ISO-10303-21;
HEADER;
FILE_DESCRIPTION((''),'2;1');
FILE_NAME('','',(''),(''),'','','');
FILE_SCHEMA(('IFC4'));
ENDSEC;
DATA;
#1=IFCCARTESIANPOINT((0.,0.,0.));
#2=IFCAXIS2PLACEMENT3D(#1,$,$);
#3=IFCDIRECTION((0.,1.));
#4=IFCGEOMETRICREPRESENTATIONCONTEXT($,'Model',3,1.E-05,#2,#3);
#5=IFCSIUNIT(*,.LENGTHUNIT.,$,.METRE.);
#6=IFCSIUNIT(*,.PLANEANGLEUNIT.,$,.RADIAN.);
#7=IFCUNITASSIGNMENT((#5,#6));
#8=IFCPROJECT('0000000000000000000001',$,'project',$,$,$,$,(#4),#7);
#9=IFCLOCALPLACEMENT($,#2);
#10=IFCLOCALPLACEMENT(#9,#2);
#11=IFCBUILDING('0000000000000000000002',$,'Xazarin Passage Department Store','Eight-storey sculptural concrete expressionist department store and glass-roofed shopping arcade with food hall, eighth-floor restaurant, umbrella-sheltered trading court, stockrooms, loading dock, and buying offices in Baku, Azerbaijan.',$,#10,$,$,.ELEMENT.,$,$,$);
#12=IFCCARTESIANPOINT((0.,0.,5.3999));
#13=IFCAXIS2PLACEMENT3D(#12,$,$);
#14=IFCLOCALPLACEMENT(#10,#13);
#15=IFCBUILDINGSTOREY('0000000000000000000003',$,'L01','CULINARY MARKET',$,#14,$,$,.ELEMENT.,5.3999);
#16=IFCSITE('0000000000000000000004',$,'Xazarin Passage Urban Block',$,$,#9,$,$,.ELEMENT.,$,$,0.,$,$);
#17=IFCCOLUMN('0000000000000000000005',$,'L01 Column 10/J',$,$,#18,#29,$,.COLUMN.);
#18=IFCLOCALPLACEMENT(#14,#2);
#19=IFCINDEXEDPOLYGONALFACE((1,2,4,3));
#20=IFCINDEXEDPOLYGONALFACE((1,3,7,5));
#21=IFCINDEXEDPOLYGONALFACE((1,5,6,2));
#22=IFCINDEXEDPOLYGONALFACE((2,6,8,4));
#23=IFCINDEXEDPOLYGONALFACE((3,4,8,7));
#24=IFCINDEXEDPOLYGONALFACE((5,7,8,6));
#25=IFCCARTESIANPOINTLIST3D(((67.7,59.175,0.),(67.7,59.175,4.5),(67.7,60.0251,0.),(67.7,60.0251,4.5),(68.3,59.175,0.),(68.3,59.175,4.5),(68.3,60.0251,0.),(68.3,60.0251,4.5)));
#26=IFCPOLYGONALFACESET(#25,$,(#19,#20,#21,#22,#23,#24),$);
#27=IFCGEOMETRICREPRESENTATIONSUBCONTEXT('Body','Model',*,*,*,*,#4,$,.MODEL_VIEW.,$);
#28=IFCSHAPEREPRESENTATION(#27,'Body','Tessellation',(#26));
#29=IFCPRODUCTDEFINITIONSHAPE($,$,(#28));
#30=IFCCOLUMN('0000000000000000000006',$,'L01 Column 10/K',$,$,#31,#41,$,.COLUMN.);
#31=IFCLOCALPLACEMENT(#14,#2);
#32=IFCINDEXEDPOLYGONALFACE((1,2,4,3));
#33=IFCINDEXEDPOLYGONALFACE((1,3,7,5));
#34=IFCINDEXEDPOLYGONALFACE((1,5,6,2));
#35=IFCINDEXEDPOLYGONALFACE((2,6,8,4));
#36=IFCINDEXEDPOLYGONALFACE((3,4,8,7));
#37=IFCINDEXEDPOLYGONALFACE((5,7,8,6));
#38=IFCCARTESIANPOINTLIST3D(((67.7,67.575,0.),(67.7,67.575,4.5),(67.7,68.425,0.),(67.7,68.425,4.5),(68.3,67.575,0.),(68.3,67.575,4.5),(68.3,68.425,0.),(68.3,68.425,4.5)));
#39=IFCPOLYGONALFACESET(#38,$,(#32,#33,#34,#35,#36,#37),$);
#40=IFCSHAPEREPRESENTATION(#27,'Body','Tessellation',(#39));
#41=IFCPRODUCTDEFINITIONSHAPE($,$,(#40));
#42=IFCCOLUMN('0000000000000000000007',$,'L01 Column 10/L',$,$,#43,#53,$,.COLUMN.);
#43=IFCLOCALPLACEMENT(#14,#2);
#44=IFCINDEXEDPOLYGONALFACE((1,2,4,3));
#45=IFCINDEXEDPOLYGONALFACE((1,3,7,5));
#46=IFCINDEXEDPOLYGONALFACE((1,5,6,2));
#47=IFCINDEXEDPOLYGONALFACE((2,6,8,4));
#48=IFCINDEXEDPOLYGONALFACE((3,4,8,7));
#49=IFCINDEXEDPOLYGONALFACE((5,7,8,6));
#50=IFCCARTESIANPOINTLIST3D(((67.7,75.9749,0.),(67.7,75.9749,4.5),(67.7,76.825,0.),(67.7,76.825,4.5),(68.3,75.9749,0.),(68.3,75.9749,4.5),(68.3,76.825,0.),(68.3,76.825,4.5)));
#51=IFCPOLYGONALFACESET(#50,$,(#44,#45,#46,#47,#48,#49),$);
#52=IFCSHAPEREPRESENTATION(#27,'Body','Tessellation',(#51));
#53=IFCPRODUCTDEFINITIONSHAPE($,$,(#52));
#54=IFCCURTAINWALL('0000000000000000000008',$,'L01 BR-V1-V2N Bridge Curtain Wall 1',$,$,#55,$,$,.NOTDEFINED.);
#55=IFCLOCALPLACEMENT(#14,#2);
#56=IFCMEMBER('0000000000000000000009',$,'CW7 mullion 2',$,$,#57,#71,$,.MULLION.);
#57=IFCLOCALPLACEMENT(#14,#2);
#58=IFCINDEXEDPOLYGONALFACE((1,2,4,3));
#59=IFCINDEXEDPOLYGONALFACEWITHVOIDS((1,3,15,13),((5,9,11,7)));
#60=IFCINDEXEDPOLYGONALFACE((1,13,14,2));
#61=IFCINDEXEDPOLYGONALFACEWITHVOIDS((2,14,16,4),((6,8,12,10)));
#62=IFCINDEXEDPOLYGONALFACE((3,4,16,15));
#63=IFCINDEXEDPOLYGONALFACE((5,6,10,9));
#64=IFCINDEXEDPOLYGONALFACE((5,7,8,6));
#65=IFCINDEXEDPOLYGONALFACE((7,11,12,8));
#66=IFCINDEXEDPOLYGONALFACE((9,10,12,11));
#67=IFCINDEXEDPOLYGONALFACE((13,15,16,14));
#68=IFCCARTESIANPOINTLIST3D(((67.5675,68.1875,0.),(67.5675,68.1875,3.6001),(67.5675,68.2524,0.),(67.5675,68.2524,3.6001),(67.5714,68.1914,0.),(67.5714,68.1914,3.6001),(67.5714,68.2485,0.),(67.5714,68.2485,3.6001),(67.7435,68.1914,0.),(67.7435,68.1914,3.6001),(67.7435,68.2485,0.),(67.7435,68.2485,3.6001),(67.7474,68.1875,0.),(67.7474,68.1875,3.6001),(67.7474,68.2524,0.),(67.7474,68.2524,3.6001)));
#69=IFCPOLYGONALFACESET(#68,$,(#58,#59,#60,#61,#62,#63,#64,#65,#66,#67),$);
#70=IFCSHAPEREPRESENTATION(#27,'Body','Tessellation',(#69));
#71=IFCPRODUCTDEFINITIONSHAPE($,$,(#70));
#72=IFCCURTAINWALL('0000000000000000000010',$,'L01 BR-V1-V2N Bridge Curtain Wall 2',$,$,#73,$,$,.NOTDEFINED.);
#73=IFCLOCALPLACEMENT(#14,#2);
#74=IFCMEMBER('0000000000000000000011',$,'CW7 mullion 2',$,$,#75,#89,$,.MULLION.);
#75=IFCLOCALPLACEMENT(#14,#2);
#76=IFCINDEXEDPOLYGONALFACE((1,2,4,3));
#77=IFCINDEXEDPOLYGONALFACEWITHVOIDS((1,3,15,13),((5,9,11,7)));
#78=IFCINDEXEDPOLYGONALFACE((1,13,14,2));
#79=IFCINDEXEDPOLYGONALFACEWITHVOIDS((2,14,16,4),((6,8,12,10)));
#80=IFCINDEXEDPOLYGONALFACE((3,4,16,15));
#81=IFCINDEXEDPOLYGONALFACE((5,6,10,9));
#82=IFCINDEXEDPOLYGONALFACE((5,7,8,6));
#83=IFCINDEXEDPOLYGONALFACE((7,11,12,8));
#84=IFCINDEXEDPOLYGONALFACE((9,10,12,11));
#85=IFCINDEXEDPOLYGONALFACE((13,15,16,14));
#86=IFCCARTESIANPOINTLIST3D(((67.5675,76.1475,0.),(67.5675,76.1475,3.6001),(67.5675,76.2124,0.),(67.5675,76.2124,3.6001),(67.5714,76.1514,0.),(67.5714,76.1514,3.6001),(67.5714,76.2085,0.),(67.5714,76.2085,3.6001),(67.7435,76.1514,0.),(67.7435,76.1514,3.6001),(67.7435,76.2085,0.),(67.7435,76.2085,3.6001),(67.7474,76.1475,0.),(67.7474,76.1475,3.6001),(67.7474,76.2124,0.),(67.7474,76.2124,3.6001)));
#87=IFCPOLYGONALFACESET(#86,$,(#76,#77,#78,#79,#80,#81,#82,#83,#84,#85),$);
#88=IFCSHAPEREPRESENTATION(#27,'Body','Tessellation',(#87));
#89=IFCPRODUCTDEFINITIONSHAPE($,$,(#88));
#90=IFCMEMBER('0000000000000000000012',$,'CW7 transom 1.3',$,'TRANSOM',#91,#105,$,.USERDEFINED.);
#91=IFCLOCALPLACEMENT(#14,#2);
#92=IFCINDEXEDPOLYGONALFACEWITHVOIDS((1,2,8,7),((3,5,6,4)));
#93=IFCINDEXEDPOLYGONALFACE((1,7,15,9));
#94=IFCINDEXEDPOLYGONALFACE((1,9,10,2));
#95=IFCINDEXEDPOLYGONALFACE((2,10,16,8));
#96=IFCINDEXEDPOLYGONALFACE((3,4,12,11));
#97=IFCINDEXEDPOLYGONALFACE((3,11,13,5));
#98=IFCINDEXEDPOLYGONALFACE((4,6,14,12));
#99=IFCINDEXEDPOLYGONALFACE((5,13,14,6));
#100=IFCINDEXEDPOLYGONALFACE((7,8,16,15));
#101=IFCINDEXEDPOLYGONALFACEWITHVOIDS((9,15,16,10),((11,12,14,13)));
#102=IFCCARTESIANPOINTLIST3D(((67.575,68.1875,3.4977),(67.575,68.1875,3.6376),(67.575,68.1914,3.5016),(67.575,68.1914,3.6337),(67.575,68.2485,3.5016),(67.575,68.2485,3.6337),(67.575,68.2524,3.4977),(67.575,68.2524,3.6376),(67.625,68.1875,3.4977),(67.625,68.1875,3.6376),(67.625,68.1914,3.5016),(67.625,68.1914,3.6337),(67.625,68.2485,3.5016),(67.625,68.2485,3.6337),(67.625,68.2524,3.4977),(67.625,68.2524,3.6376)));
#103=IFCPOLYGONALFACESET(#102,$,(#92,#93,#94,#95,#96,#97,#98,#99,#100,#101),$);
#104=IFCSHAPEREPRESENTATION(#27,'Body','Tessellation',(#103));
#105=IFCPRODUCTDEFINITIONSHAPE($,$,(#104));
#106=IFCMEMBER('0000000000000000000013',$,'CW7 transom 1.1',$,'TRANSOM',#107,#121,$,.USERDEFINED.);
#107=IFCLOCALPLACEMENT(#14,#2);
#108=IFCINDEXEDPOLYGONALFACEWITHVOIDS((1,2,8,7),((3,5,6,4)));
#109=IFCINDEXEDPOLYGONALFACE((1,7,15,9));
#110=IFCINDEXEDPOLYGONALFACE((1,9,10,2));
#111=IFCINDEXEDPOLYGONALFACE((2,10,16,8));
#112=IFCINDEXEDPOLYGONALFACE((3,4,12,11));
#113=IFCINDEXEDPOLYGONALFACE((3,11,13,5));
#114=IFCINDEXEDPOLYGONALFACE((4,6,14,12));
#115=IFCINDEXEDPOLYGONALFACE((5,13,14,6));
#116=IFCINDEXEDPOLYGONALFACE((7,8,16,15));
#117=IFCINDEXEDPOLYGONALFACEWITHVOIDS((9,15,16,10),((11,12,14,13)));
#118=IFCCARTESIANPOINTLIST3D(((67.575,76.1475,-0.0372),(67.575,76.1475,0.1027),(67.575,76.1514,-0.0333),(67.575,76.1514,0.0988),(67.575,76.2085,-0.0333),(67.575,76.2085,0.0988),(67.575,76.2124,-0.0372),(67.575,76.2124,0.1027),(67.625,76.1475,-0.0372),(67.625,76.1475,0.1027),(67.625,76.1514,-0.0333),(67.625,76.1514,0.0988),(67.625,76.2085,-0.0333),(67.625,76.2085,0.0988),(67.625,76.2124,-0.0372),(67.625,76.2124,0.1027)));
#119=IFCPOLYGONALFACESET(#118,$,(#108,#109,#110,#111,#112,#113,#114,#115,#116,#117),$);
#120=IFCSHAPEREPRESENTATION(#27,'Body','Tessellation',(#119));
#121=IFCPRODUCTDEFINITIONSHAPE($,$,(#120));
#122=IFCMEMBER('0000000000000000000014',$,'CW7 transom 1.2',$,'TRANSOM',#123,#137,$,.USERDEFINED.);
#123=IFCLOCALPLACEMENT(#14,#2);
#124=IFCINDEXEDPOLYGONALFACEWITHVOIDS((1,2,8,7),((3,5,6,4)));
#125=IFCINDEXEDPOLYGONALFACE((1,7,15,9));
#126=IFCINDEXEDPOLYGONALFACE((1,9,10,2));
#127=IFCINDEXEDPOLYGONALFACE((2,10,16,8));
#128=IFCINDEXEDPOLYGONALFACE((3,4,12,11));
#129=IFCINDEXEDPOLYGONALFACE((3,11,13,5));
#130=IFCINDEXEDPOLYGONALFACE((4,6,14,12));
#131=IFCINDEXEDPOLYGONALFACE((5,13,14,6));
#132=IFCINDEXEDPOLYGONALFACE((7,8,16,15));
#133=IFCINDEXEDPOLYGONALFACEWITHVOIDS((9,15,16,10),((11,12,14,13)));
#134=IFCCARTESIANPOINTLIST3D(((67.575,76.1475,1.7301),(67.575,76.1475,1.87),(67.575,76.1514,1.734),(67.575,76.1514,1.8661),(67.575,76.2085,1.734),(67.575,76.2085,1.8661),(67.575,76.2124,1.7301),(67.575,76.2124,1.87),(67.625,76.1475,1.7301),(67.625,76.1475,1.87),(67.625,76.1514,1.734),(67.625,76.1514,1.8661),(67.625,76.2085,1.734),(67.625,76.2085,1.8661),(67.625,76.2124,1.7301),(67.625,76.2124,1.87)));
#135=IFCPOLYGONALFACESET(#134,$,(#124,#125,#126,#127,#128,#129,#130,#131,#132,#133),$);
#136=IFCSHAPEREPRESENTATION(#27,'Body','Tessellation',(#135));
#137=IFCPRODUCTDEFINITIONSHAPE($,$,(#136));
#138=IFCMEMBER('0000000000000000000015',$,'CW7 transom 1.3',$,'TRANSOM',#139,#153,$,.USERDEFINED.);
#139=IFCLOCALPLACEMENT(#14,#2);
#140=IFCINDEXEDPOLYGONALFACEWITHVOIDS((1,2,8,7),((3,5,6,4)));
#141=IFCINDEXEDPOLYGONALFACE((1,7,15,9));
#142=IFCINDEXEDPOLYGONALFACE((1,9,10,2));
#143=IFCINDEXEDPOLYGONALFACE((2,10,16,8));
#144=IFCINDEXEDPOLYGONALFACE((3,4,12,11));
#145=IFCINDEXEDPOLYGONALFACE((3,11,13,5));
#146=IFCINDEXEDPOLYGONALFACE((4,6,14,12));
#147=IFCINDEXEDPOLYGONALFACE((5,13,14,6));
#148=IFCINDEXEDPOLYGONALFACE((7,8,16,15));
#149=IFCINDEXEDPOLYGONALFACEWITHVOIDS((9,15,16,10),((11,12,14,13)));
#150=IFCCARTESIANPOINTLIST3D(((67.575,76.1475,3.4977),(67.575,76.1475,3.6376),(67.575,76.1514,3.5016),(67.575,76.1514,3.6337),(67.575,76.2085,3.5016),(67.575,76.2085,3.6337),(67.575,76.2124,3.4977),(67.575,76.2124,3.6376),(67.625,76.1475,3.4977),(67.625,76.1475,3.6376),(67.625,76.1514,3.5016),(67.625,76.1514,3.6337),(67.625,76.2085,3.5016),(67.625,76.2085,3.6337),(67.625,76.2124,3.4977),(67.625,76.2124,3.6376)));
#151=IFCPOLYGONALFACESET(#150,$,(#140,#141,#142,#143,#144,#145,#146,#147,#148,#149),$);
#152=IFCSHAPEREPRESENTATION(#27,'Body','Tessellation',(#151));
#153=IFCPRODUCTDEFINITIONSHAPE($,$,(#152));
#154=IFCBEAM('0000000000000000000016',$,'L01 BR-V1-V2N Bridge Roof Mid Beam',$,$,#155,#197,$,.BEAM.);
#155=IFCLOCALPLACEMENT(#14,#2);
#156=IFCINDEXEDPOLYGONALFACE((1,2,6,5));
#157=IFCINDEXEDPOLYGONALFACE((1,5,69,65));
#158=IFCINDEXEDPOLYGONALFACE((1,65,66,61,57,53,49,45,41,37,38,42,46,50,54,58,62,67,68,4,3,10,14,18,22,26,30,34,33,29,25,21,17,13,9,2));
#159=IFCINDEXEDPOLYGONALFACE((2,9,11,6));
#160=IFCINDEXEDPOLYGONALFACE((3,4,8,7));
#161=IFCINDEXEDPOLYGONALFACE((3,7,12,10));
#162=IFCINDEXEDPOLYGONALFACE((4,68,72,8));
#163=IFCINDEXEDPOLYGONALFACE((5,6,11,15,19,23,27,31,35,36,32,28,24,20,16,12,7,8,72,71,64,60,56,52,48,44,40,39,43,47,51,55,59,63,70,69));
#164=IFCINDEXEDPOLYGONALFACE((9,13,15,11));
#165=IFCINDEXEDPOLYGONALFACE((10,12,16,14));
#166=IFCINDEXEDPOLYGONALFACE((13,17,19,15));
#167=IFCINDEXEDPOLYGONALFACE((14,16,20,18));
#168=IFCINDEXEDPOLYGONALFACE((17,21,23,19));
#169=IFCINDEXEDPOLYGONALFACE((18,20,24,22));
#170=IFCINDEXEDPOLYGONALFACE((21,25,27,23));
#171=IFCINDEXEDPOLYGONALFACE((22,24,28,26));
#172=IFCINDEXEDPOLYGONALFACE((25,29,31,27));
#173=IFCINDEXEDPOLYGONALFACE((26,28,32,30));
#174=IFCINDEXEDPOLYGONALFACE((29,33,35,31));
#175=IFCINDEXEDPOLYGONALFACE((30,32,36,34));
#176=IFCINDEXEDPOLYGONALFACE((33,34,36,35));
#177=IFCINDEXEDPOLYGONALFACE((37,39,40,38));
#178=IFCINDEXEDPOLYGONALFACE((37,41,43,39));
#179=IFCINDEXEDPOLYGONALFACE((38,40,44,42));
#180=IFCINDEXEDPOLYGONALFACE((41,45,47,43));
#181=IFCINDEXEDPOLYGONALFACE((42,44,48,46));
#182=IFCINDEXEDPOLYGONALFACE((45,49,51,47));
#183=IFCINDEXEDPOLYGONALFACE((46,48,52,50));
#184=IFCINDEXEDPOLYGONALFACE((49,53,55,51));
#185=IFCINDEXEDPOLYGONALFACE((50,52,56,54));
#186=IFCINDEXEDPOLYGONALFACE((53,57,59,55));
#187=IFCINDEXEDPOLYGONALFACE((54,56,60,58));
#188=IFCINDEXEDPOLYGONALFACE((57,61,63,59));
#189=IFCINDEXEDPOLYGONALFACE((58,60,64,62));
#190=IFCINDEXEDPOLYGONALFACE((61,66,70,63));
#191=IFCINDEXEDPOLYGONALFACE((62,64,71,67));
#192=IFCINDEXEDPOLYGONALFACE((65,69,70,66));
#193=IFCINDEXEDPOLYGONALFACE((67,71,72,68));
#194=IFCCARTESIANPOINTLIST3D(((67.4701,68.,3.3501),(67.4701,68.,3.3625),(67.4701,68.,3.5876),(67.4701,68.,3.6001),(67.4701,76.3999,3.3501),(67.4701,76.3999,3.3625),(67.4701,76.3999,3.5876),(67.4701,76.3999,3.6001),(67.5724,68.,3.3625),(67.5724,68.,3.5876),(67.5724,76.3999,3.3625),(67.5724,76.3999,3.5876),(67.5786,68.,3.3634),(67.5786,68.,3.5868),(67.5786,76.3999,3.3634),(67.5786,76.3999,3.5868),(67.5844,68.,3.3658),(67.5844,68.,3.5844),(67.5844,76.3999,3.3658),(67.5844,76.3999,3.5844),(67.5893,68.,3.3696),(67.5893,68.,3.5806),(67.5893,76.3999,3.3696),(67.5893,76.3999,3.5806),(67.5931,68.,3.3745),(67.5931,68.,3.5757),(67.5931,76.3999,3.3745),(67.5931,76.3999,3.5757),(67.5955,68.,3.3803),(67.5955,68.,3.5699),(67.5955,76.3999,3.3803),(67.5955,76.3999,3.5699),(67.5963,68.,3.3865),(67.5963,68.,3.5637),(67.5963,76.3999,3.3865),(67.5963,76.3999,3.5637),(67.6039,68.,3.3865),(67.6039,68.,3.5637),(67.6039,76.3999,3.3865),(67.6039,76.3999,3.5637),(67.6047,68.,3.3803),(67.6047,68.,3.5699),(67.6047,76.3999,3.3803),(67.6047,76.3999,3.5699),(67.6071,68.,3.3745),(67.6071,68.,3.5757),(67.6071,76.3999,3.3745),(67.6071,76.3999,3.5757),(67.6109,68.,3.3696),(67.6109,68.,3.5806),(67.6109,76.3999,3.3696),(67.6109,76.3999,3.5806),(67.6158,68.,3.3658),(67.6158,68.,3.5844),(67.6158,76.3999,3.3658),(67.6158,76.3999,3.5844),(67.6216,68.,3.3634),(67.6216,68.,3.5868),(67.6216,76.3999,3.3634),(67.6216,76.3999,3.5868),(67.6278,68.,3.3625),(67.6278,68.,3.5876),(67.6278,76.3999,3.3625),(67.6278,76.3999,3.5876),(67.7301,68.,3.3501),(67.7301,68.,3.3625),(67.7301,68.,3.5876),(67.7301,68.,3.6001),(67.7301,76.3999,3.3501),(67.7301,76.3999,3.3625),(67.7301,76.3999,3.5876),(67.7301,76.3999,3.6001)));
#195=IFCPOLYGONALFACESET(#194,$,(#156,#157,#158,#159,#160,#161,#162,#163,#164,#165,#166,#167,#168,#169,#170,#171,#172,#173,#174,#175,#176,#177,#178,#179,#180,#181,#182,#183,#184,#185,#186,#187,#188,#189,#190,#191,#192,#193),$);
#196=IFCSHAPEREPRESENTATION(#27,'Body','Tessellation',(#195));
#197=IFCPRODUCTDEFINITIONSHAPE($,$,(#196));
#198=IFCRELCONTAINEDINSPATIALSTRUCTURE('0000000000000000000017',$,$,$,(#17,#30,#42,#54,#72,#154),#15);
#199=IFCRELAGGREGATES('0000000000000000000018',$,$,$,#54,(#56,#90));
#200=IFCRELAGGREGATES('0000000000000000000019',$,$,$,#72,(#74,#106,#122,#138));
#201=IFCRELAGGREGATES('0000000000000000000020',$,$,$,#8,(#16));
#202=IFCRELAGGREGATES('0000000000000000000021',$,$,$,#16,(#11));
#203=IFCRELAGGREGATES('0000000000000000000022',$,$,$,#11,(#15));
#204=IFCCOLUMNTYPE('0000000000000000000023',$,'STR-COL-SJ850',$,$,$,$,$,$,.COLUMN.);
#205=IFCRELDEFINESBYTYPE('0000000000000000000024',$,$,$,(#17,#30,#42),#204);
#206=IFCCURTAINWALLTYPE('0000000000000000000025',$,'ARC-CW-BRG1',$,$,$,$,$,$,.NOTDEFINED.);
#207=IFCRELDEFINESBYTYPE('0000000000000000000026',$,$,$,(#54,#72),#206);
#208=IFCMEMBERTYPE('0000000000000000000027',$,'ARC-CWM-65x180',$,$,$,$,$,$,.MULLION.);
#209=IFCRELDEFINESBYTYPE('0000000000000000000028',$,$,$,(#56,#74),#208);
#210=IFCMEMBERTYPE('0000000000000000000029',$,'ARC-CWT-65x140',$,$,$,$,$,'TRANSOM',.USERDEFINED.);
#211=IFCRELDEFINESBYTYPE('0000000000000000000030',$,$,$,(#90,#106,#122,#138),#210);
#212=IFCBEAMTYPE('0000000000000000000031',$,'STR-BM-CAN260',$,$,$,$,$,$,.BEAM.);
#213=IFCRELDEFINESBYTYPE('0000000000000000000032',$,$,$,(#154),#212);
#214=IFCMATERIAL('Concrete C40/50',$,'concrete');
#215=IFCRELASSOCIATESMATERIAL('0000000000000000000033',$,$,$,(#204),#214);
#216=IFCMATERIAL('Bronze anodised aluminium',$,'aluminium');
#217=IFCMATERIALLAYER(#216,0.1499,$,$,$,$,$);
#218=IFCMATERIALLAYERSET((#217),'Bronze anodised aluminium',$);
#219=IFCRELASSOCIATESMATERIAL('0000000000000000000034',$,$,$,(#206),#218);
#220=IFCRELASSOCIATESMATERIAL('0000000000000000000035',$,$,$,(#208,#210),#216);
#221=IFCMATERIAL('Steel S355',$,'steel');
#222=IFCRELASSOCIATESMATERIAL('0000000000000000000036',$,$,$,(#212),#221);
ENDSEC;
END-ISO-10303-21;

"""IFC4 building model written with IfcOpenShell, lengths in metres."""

from ifc_helpers import new_model, si_unit, direction, frame, origin, origin_2d, place, context, subcontext, project, spatial, rectangle, hollow_rectangle, i_section, extrude, material, layer, layer_set, material_profile, profile_set, type_object, element, aggregate, save


model = new_model("IFC4")

# Units and contexts
model_context = context("Model", 3, precision=1e-05, world=origin(), true_north=direction((0.0, 1.0)))
body_context = subcontext(model_context, "Body", "Model", "MODEL_VIEW")
ifc_project = project(units=[si_unit("LENGTHUNIT", "METRE"), si_unit("PLANEANGLEUNIT", "RADIAN")], contexts=[model_context])

# Site, building, storey
site_placement = place(None, origin())
site = spatial("IfcSite", under=ifc_project, at=site_placement, Name="Xazarin Passage Urban Block", CompositionType="ELEMENT", RefElevation=0.0)
building_placement = place(site_placement, origin())
building = spatial("IfcBuilding", under=site, at=building_placement, Name="Xazarin Passage Department Store", Description="Eight-storey sculptural concrete expressionist department store and glass-roofed shopping arcade with food hall, eighth-floor restaurant, umbrella-sheltered trading court, stockrooms, loading dock, and buying offices in Baku, Azerbaijan.", CompositionType="ELEMENT")
storey_placement = place(building_placement, frame((0.0, 0.0, 5.3999)))
storey = spatial("IfcBuildingStorey", under=building, at=storey_placement, Name="L01", Description="CULINARY MARKET", CompositionType="ELEMENT", Elevation=5.3999)

# Columns
ifc_material_1 = material(Name="Concrete C40/50", Category="concrete")
ifc_material_profile_1 = material_profile(ifc_material_1, rectangle(XDim=0.6001, YDim=0.8501, at=origin_2d()), Name="RC 600x850")
ifc_profile_set_1 = profile_set([ifc_material_profile_1], Name="Concrete C40/50")
column_type = type_object("IfcColumnType", Name="STR-COL-SJ850", PredefinedType="COLUMN", material=ifc_profile_set_1)
for number, where, z_axis, x_axis, name in (
    (1, (68.0, 59.6001, 0.0), (0.0, 0.0, 1.0), (1.0, 0.0, 0.0), "L01 Column 10/J"),
    (2, (68.0, 68.0, 0.0), (0.0, 0.0, 1.0), (1.0, 0.0, 0.0), "L01 Column 10/K"),
    (3, (68.0, 76.3999, 0.0), (0.0, 0.0, 1.0), (1.0, 0.0, 0.0), "L01 Column 10/L"),
):
    element("IfcColumn", number, at=place(storey_placement, frame(where, z_axis=z_axis, x_axis=x_axis)), inside=storey, type_object=column_type, Name=name, PredefinedType="COLUMN", context=body_context, shape_type="SweptSolid", body=[
        extrude(rectangle(XDim=0.6001, YDim=0.8501, at=origin_2d()), origin(), (0.0, 0.0, 1.0), 4.5),
    ])

# Curtain walls, members
ifc_material_2 = material(Name="Bronze anodised aluminium", Category="aluminium")
ifc_layer_1 = layer(ifc_material_2, 0.1499)
ifc_layer_set_1 = layer_set([ifc_layer_1], Name="Bronze anodised aluminium")
curtain_wall_type = type_object("IfcCurtainWallType", Name="ARC-CW-BRG1", PredefinedType="NOTDEFINED", material=ifc_layer_set_1)
curtain_wall_1_placement = place(storey_placement, origin())
curtain_wall_1 = element("IfcCurtainWall", 4, at=curtain_wall_1_placement, inside=storey, type_object=curtain_wall_type, Name="L01 BR-V1-V2N Bridge Curtain Wall 1", PredefinedType="NOTDEFINED")
ifc_material_profile_2 = material_profile(ifc_material_2, hollow_rectangle(XDim=0.0649, YDim=0.1799, WallThickness=0.0039, at=origin_2d()), Name="ALU 65x180")
ifc_profile_set_2 = profile_set([ifc_material_profile_2], Name="Bronze anodised aluminium")
member_type_1 = type_object("IfcMemberType", Name="ARC-CWM-65x180", PredefinedType="MULLION", material=ifc_profile_set_2)
member_1_placement = place(storey_placement, frame((67.6575, 68.22, 0.0), z_axis=(0.0, 0.0, 1.0), x_axis=(0.0, 1.0, 0.0)))
member_1 = element("IfcMember", 5, at=member_1_placement, type_object=member_type_1, Name="CW7 mullion 2", PredefinedType="MULLION", context=body_context, shape_type="SweptSolid", body=[
    extrude(hollow_rectangle(XDim=0.0649, YDim=0.1799, WallThickness=0.0039, at=origin_2d()), origin(), (0.0, 0.0, 1.0), 3.6001),
])
curtain_wall_2_placement = place(storey_placement, origin())
curtain_wall_2 = element("IfcCurtainWall", 6, at=curtain_wall_2_placement, inside=storey, type_object=curtain_wall_type, Name="L01 BR-V1-V2N Bridge Curtain Wall 2", PredefinedType="NOTDEFINED")
member_2_placement = place(storey_placement, frame((67.6575, 76.1799, 0.0), z_axis=(0.0, 0.0, 1.0), x_axis=(0.0, 1.0, 0.0)))
member_2 = element("IfcMember", 7, at=member_2_placement, type_object=member_type_1, Name="CW7 mullion 2", PredefinedType="MULLION", context=body_context, shape_type="SweptSolid", body=[
    extrude(hollow_rectangle(XDim=0.0649, YDim=0.1799, WallThickness=0.0039, at=origin_2d()), origin(), (0.0, 0.0, 1.0), 3.6001),
])

# Members
ifc_material_profile_3 = material_profile(ifc_material_2, hollow_rectangle(XDim=0.0649, YDim=0.1399, WallThickness=0.0039, at=origin_2d()), Name="ALU 65x140")
ifc_profile_set_3 = profile_set([ifc_material_profile_3], Name="Bronze anodised aluminium")
member_type_2 = type_object("IfcMemberType", Name="ARC-CWT-65x140", ElementType="TRANSOM", PredefinedType="USERDEFINED", material=ifc_profile_set_3)
member_3_placement = place(storey_placement, frame((67.575, 68.22, 3.5676), z_axis=(1.0, 0.0, 0.0), x_axis=(0.0, 1.0, 0.0)))
member_3 = element("IfcMember", 8, at=member_3_placement, type_object=member_type_2, Name="CW7 transom 1.3", ObjectType="TRANSOM", PredefinedType="USERDEFINED", context=body_context, shape_type="SweptSolid", body=[
    extrude(hollow_rectangle(XDim=0.0649, YDim=0.1399, WallThickness=0.0039, at=origin_2d()), origin(), (0.0, 0.0, 1.0), 0.05),
])
member_4_placement = place(storey_placement, frame((67.575, 76.1799, 0.0327), z_axis=(1.0, 0.0, 0.0), x_axis=(0.0, 1.0, 0.0)))
member_4 = element("IfcMember", 9, at=member_4_placement, type_object=member_type_2, Name="CW7 transom 1.1", ObjectType="TRANSOM", PredefinedType="USERDEFINED", context=body_context, shape_type="SweptSolid", body=[
    extrude(hollow_rectangle(XDim=0.0649, YDim=0.1399, WallThickness=0.0039, at=origin_2d()), origin(), (0.0, 0.0, 1.0), 0.05),
])
member_5_placement = place(storey_placement, frame((67.575, 76.1799, 1.8), z_axis=(1.0, 0.0, 0.0), x_axis=(0.0, 1.0, 0.0)))
member_5 = element("IfcMember", 10, at=member_5_placement, type_object=member_type_2, Name="CW7 transom 1.2", ObjectType="TRANSOM", PredefinedType="USERDEFINED", context=body_context, shape_type="SweptSolid", body=[
    extrude(hollow_rectangle(XDim=0.0649, YDim=0.1399, WallThickness=0.0039, at=origin_2d()), origin(), (0.0, 0.0, 1.0), 0.05),
])
member_6_placement = place(storey_placement, frame((67.575, 76.1799, 3.5676), z_axis=(1.0, 0.0, 0.0), x_axis=(0.0, 1.0, 0.0)))
member_6 = element("IfcMember", 11, at=member_6_placement, type_object=member_type_2, Name="CW7 transom 1.3", ObjectType="TRANSOM", PredefinedType="USERDEFINED", context=body_context, shape_type="SweptSolid", body=[
    extrude(hollow_rectangle(XDim=0.0649, YDim=0.1399, WallThickness=0.0039, at=origin_2d()), origin(), (0.0, 0.0, 1.0), 0.05),
])

# Beam
ifc_material_3 = material(Name="Steel S355", Category="steel")
ifc_material_profile_4 = material_profile(ifc_material_3, i_section(OverallWidth=0.26, OverallDepth=0.25, WebThickness=0.0076, FlangeThickness=0.0125, FilletRadius=0.0239, at=origin_2d()), Name="HEA 260")
ifc_profile_set_4 = profile_set([ifc_material_profile_4], Name="Steel S355")
beam_type_1 = type_object("IfcBeamType", Name="STR-BM-CAN260", PredefinedType="BEAM", material=ifc_profile_set_4)
beam_placement = place(storey_placement, frame((67.6001, 68.0, 3.4751), z_axis=(0.0, 1.0, 0.0), x_axis=(-1.0, 0.0, 0.0)))
element("IfcBeam", 12, at=beam_placement, inside=storey, type_object=beam_type_1, Name="L01 BR-V1-V2N Bridge Roof Mid Beam", PredefinedType="BEAM", context=body_context, shape_type="SweptSolid", body=[
    extrude(i_section(OverallWidth=0.26, OverallDepth=0.25, WebThickness=0.0076, FlangeThickness=0.0125, FilletRadius=0.0239, at=origin_2d()), origin(), (0.0, 0.0, 1.0), 8.3999),
])

aggregate(curtain_wall_1, [member_1, member_3])
aggregate(curtain_wall_2, [member_2, member_4, member_5, member_6])

save(model, "model.ifc")
